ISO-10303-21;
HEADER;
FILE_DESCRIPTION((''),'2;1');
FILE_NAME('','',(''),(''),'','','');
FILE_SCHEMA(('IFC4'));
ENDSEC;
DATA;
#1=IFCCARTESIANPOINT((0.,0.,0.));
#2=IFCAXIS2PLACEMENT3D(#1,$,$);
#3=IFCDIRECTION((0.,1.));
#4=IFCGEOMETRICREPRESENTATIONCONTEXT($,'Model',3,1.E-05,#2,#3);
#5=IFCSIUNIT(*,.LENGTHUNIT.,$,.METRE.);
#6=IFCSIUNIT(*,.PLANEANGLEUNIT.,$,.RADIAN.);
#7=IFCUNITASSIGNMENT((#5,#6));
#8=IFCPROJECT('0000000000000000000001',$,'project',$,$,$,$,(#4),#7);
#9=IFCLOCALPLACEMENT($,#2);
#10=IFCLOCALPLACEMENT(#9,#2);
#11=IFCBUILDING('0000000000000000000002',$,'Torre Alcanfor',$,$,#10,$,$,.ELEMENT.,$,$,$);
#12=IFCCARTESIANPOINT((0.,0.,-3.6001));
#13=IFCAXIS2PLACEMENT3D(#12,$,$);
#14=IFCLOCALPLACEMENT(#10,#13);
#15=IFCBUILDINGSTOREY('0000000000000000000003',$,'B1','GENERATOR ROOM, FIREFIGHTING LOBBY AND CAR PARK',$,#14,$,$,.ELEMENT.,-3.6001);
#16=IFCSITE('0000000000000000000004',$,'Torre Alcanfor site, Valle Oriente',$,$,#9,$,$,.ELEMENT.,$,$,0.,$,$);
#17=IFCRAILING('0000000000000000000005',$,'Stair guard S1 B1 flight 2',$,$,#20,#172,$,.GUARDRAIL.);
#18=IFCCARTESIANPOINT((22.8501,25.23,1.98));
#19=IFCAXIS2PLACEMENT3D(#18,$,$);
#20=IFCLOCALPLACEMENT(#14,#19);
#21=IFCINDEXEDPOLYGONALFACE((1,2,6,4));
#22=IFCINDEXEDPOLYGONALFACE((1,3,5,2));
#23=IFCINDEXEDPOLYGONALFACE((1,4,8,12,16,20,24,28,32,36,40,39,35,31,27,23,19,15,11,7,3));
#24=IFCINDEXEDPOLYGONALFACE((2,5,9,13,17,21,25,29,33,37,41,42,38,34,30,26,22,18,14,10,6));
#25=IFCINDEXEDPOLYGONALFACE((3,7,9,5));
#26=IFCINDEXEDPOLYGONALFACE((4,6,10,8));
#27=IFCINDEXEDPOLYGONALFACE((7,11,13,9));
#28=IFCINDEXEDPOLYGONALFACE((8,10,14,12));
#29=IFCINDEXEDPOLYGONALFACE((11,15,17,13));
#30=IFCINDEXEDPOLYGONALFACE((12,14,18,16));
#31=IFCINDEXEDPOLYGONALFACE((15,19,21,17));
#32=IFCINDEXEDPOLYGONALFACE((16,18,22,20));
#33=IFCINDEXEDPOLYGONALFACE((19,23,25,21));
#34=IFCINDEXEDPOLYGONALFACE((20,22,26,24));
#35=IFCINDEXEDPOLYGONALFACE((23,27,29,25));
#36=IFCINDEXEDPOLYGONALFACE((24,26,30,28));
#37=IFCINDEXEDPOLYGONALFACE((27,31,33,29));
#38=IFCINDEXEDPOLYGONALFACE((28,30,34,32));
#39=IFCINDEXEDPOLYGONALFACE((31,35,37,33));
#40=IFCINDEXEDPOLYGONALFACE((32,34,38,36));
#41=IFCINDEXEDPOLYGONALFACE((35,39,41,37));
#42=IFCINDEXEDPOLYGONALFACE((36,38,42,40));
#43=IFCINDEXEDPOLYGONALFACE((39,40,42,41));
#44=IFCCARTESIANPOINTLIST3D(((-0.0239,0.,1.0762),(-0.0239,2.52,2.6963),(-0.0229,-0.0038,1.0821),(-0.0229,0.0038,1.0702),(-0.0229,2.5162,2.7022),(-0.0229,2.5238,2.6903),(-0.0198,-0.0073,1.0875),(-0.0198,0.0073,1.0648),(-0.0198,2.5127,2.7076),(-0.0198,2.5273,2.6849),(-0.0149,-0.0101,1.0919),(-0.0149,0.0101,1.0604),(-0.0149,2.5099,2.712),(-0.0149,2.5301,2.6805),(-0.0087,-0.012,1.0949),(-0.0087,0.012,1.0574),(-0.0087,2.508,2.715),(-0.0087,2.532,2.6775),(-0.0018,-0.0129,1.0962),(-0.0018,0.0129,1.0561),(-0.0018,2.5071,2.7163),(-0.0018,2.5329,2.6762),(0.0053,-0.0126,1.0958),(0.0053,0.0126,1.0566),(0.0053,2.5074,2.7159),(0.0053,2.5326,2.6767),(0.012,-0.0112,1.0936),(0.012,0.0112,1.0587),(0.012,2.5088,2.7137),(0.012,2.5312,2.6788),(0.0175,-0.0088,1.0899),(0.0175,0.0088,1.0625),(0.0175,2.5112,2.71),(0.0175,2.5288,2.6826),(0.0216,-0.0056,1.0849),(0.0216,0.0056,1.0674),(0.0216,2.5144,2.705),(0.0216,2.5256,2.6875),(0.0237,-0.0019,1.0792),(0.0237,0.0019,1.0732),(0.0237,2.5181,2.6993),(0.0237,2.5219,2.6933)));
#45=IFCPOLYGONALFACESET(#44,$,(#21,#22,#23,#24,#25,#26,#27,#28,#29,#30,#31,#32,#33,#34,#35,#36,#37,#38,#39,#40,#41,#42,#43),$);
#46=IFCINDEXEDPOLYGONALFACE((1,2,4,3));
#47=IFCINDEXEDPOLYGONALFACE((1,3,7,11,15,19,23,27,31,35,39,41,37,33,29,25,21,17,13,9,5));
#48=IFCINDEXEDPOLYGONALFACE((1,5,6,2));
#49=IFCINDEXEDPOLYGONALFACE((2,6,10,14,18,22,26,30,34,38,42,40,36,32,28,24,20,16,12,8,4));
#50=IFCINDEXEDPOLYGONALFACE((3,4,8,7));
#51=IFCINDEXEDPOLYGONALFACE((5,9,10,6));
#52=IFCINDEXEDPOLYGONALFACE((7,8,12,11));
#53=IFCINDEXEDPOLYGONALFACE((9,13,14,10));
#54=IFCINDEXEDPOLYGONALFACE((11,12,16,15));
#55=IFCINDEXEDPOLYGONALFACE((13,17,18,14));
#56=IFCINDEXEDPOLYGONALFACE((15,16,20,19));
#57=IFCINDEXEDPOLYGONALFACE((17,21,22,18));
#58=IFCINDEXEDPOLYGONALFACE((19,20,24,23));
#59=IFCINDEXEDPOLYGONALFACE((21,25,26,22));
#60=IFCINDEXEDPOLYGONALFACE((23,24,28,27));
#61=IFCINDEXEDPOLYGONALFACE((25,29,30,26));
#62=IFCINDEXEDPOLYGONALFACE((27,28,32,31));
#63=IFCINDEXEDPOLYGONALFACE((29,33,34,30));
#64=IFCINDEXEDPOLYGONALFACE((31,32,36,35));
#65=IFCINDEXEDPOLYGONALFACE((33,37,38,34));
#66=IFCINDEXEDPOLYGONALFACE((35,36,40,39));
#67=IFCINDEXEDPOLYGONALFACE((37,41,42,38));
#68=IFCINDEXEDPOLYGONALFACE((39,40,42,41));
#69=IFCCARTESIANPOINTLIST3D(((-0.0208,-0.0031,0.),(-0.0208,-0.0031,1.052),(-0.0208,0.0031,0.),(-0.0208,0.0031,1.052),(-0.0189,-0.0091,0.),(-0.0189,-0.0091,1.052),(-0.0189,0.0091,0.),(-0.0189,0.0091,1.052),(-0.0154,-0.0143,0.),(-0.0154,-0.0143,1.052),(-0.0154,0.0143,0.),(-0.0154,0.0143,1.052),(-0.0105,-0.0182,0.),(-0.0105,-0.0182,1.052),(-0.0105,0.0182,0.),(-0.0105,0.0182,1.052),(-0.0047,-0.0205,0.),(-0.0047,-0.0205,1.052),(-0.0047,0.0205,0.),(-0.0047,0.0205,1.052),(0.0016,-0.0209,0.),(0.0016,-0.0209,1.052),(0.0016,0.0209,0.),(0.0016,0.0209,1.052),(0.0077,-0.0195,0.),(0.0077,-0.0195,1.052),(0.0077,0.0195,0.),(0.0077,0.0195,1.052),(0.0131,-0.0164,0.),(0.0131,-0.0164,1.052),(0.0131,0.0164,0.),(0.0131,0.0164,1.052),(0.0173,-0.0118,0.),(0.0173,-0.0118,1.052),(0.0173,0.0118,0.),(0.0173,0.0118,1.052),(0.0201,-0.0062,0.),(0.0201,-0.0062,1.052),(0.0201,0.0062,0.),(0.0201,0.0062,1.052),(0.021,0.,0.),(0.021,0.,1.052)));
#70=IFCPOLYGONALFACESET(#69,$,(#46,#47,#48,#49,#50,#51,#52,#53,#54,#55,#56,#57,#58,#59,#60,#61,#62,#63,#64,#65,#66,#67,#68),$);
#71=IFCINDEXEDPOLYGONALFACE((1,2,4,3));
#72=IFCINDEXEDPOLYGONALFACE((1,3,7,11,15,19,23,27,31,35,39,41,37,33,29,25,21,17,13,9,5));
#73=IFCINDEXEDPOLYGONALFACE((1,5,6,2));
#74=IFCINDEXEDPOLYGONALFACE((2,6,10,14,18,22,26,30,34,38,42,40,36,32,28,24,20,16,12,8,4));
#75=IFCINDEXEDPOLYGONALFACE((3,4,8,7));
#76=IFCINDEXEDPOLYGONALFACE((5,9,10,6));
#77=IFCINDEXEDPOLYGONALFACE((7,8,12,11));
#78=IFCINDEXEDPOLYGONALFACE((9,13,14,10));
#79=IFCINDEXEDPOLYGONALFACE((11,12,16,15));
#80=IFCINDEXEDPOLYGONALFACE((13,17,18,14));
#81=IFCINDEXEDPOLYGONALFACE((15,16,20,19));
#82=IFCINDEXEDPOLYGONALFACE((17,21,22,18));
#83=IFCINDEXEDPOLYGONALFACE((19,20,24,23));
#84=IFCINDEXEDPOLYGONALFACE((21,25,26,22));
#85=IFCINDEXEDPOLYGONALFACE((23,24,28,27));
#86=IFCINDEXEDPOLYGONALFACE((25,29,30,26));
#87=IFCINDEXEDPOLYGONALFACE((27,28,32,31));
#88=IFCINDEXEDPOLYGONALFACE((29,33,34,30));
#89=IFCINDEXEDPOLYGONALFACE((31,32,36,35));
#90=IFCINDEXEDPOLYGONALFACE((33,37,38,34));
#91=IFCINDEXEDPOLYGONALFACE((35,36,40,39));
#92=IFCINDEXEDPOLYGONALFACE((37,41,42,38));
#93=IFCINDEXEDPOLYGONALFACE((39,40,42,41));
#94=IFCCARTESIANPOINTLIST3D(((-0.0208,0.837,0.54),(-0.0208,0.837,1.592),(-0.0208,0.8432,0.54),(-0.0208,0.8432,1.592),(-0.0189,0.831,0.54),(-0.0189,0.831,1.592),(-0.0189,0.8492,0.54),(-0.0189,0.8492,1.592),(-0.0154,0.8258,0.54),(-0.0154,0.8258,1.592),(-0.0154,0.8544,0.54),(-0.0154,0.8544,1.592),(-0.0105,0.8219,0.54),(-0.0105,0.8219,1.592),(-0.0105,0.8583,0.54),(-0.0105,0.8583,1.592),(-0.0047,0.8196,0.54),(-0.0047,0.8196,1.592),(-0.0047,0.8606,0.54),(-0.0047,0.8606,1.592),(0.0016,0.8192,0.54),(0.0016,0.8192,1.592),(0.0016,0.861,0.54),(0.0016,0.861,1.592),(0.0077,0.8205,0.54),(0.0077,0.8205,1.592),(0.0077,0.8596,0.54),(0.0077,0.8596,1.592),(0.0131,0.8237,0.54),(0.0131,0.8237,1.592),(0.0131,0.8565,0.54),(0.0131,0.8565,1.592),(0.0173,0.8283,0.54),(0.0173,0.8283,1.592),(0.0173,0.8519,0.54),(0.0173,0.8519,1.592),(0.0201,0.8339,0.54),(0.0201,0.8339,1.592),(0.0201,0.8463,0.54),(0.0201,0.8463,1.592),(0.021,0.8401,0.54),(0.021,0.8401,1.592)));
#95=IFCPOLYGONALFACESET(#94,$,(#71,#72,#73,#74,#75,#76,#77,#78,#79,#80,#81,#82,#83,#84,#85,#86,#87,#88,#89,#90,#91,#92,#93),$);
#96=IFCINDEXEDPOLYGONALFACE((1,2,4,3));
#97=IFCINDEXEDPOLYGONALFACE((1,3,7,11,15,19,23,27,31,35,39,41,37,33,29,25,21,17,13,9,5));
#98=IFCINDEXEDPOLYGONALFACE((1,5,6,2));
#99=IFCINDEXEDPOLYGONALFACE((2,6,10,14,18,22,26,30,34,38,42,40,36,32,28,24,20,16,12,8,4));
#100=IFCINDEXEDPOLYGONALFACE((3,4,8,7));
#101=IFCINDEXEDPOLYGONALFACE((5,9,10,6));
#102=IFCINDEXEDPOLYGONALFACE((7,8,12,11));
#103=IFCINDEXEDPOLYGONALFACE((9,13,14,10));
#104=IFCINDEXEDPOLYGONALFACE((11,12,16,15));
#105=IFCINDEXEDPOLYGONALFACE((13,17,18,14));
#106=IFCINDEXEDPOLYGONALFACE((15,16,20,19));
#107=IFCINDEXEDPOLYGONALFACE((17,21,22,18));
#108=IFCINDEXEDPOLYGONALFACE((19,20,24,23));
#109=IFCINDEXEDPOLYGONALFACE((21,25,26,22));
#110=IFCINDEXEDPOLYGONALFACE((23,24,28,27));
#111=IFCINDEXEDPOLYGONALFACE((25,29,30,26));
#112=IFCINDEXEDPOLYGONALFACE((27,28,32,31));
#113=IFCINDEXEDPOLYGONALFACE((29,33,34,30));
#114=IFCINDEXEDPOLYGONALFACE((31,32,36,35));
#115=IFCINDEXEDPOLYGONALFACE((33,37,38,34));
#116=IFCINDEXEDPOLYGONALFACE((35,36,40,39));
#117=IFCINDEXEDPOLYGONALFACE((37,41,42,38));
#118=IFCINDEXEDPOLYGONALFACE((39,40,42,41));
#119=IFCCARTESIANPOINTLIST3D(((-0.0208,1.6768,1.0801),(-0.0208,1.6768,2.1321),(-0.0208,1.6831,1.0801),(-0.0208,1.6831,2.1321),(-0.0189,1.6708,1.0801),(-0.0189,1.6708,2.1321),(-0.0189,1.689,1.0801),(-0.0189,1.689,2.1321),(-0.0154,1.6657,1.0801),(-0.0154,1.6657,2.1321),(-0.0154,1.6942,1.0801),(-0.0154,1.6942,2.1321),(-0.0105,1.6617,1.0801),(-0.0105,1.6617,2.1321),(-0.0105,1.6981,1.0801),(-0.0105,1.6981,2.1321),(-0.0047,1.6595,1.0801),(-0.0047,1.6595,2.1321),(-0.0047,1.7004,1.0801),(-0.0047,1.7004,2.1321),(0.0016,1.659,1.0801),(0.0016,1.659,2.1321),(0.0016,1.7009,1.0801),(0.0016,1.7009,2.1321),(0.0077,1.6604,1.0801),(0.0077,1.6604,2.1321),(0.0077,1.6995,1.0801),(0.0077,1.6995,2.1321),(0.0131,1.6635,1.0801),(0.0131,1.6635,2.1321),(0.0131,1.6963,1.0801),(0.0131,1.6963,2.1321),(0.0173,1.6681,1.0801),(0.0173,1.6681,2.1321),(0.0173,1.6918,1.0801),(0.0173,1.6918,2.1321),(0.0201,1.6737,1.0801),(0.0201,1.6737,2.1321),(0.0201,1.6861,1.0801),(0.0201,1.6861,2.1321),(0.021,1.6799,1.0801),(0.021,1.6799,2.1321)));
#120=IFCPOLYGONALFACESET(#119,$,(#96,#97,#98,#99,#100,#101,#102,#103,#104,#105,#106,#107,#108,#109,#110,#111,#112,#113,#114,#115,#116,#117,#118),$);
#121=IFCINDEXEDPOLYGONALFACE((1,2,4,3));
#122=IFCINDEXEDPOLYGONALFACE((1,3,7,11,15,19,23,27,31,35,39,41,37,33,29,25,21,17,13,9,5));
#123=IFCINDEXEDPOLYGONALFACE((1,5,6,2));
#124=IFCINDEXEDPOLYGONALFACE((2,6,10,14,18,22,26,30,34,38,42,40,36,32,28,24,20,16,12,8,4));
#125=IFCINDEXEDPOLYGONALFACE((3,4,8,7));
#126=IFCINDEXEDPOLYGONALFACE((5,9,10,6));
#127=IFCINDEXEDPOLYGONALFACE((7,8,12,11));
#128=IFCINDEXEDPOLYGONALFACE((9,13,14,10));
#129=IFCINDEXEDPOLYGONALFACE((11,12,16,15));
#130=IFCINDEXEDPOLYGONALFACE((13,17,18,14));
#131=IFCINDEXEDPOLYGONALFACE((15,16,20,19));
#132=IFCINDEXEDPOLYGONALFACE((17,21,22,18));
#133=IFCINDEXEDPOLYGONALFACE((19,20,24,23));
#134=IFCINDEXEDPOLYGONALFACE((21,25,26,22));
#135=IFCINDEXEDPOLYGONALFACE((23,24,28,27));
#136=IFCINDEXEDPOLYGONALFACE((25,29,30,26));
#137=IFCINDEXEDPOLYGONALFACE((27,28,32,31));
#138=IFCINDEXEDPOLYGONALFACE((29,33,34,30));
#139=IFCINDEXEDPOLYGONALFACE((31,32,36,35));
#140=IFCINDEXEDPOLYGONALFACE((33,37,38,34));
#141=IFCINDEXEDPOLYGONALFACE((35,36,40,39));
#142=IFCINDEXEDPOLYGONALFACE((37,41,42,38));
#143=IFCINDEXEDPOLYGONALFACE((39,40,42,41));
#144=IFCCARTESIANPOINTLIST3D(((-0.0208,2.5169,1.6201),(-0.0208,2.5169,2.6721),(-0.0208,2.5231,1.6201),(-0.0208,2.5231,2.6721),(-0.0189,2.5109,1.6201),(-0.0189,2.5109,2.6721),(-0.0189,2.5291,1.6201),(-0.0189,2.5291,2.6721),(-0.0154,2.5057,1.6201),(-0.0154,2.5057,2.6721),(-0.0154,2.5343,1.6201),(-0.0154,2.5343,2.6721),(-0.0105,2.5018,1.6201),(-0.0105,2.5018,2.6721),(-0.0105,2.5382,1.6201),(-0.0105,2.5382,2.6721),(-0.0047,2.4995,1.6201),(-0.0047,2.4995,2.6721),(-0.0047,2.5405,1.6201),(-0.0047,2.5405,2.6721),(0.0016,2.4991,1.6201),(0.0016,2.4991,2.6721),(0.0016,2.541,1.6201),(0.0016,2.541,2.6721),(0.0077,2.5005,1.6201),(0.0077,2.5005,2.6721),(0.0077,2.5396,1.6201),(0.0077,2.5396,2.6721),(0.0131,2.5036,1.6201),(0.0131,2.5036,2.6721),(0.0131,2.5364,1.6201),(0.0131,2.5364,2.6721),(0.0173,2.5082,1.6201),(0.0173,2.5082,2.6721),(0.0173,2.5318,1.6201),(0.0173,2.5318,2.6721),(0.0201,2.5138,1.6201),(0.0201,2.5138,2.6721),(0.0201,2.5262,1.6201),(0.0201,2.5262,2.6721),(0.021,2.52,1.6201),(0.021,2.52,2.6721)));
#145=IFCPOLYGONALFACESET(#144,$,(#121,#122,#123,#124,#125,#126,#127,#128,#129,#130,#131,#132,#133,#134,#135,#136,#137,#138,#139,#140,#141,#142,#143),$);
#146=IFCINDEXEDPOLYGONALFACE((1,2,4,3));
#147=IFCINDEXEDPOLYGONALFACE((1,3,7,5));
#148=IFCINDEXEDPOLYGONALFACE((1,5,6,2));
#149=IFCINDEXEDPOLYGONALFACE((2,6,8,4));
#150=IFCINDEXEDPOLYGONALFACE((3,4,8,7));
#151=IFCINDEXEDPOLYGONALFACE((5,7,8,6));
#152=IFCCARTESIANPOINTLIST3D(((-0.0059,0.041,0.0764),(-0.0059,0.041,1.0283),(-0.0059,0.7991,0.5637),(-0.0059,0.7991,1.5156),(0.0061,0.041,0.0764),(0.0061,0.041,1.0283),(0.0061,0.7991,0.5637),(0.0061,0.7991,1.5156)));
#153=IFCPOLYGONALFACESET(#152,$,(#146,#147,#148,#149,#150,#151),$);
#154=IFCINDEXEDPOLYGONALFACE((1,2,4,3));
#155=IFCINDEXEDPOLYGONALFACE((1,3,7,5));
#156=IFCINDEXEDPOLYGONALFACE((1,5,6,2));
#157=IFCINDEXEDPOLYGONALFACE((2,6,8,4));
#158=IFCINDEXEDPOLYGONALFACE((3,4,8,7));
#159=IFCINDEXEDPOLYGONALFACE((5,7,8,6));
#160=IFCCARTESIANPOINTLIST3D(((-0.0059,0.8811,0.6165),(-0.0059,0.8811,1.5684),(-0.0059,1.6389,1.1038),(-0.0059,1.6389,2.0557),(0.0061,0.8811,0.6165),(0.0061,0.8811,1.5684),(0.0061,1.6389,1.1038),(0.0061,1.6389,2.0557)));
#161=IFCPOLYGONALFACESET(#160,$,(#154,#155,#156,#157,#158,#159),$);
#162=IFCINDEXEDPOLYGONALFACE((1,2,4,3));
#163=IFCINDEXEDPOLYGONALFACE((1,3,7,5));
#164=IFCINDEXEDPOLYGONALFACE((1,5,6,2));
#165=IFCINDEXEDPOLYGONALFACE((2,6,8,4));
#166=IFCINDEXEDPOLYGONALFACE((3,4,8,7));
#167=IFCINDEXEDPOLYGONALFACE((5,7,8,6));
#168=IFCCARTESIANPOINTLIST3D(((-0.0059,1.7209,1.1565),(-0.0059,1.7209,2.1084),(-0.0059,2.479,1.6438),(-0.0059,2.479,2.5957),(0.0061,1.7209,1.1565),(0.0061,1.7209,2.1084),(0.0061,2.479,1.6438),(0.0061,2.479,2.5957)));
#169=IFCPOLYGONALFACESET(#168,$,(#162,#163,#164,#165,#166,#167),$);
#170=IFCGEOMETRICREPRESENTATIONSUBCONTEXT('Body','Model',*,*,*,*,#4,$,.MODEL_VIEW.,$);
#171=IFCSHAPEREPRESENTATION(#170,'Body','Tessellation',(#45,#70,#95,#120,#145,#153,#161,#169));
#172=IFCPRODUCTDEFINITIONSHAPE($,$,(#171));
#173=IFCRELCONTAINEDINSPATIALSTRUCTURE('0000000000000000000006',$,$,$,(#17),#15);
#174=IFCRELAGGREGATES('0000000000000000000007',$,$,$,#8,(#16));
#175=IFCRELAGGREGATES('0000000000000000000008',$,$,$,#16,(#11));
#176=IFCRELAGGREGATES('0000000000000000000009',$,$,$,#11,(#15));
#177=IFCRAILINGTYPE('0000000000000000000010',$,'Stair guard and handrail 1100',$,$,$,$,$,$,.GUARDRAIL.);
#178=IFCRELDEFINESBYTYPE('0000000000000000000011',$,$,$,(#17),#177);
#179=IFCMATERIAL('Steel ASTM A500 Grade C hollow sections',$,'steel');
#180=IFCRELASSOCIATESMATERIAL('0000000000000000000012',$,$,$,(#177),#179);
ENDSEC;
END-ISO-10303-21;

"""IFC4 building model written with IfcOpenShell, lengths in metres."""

from ifc_helpers import new_model, si_unit, direction, frame, origin, origin_2d, place, context, subcontext, project, spatial, polyline, circle, outline, extrude, material, type_object, element, save


model = new_model("IFC4")

# Units and contexts
model_context = context("Model", 3, precision=1e-05, world=origin(), true_north=direction((0.0, 1.0)))
body_context = subcontext(model_context, "Body", "Model", "MODEL_VIEW")
ifc_project = project(units=[si_unit("LENGTHUNIT", "METRE"), si_unit("PLANEANGLEUNIT", "RADIAN")], contexts=[model_context])

# Site, building, storey
site_placement = place(None, origin())
site = spatial("IfcSite", under=ifc_project, at=site_placement, Name="Torre Alcanfor site, Valle Oriente", CompositionType="ELEMENT", RefElevation=0.0)
building_placement = place(site_placement, origin())
building = spatial("IfcBuilding", under=site, at=building_placement, Name="Torre Alcanfor", CompositionType="ELEMENT")
storey_placement = place(building_placement, frame((0.0, 0.0, -3.6001)))
storey = spatial("IfcBuildingStorey", under=building, at=storey_placement, Name="B1", Description="GENERATOR ROOM, FIREFIGHTING LOBBY AND CAR PARK", CompositionType="ELEMENT", Elevation=-3.6001)

# Railing
ifc_material_1 = material(Name="Steel ASTM A500 Grade C hollow sections", Category="steel")
railing_type_1 = type_object("IfcRailingType", Name="Stair guard and handrail 1100", PredefinedType="GUARDRAIL", material=ifc_material_1)
railing_1_placement = place(storey_placement, frame((22.8501, 25.23, 1.98)))
element("IfcRailing", 1, at=railing_1_placement, inside=storey, type_object=railing_type_1, Name="Stair guard S1 B1 flight 2", PredefinedType="GUARDRAIL", context=body_context, shape_type="SweptSolid", body=[
    extrude(circle(Radius=0.0239, at=origin_2d()), frame((0.0, 0.0, 1.0762), z_axis=(0.0, 0.841163, 0.540782), x_axis=(-1.0, 0.0, 0.0)), (0.0, 0.0, 1.0), 2.9958),
    extrude(circle(Radius=0.021, at=origin_2d()), origin(), (0.0, 0.0, 1.0), 1.052),
    extrude(circle(Radius=0.021, at=origin_2d()), frame((0.0, 0.8401, 0.54)), (0.0, 0.0, 1.0), 1.052),
    extrude(circle(Radius=0.021, at=origin_2d()), frame((0.0, 1.6799, 1.0801)), (0.0, 0.0, 1.0), 1.052),
    extrude(circle(Radius=0.021, at=origin_2d()), frame((0.0, 2.52, 1.6201)), (0.0, 0.0, 1.0), 1.052),
    extrude(outline(polyline([(0.041, 0.0764), (0.7991, 0.5637), (0.7991, 1.5156), (0.041, 1.0283), (0.041, 0.0764)])), frame((-0.0059, 0.0, 0.0), z_axis=(1.0, 0.0, 0.0), x_axis=(0.0, 1.0, 0.0)), (0.0, 0.0, 1.0), 0.012),
    extrude(outline(polyline([(0.8811, 0.6165), (1.6389, 1.1038), (1.6389, 2.0557), (0.8811, 1.5684), (0.8811, 0.6165)])), frame((-0.0059, 0.0, 0.0), z_axis=(1.0, 0.0, 0.0), x_axis=(0.0, 1.0, 0.0)), (0.0, 0.0, 1.0), 0.012),
    extrude(outline(polyline([(1.7209, 1.1565), (2.479, 1.6438), (2.479, 2.5957), (1.7209, 2.1084), (1.7209, 1.1565)])), frame((-0.0059, 0.0, 0.0), z_axis=(1.0, 0.0, 0.0), x_axis=(0.0, 1.0, 0.0)), (0.0, 0.0, 1.0), 0.012),
])

save(model, "model.ifc")
